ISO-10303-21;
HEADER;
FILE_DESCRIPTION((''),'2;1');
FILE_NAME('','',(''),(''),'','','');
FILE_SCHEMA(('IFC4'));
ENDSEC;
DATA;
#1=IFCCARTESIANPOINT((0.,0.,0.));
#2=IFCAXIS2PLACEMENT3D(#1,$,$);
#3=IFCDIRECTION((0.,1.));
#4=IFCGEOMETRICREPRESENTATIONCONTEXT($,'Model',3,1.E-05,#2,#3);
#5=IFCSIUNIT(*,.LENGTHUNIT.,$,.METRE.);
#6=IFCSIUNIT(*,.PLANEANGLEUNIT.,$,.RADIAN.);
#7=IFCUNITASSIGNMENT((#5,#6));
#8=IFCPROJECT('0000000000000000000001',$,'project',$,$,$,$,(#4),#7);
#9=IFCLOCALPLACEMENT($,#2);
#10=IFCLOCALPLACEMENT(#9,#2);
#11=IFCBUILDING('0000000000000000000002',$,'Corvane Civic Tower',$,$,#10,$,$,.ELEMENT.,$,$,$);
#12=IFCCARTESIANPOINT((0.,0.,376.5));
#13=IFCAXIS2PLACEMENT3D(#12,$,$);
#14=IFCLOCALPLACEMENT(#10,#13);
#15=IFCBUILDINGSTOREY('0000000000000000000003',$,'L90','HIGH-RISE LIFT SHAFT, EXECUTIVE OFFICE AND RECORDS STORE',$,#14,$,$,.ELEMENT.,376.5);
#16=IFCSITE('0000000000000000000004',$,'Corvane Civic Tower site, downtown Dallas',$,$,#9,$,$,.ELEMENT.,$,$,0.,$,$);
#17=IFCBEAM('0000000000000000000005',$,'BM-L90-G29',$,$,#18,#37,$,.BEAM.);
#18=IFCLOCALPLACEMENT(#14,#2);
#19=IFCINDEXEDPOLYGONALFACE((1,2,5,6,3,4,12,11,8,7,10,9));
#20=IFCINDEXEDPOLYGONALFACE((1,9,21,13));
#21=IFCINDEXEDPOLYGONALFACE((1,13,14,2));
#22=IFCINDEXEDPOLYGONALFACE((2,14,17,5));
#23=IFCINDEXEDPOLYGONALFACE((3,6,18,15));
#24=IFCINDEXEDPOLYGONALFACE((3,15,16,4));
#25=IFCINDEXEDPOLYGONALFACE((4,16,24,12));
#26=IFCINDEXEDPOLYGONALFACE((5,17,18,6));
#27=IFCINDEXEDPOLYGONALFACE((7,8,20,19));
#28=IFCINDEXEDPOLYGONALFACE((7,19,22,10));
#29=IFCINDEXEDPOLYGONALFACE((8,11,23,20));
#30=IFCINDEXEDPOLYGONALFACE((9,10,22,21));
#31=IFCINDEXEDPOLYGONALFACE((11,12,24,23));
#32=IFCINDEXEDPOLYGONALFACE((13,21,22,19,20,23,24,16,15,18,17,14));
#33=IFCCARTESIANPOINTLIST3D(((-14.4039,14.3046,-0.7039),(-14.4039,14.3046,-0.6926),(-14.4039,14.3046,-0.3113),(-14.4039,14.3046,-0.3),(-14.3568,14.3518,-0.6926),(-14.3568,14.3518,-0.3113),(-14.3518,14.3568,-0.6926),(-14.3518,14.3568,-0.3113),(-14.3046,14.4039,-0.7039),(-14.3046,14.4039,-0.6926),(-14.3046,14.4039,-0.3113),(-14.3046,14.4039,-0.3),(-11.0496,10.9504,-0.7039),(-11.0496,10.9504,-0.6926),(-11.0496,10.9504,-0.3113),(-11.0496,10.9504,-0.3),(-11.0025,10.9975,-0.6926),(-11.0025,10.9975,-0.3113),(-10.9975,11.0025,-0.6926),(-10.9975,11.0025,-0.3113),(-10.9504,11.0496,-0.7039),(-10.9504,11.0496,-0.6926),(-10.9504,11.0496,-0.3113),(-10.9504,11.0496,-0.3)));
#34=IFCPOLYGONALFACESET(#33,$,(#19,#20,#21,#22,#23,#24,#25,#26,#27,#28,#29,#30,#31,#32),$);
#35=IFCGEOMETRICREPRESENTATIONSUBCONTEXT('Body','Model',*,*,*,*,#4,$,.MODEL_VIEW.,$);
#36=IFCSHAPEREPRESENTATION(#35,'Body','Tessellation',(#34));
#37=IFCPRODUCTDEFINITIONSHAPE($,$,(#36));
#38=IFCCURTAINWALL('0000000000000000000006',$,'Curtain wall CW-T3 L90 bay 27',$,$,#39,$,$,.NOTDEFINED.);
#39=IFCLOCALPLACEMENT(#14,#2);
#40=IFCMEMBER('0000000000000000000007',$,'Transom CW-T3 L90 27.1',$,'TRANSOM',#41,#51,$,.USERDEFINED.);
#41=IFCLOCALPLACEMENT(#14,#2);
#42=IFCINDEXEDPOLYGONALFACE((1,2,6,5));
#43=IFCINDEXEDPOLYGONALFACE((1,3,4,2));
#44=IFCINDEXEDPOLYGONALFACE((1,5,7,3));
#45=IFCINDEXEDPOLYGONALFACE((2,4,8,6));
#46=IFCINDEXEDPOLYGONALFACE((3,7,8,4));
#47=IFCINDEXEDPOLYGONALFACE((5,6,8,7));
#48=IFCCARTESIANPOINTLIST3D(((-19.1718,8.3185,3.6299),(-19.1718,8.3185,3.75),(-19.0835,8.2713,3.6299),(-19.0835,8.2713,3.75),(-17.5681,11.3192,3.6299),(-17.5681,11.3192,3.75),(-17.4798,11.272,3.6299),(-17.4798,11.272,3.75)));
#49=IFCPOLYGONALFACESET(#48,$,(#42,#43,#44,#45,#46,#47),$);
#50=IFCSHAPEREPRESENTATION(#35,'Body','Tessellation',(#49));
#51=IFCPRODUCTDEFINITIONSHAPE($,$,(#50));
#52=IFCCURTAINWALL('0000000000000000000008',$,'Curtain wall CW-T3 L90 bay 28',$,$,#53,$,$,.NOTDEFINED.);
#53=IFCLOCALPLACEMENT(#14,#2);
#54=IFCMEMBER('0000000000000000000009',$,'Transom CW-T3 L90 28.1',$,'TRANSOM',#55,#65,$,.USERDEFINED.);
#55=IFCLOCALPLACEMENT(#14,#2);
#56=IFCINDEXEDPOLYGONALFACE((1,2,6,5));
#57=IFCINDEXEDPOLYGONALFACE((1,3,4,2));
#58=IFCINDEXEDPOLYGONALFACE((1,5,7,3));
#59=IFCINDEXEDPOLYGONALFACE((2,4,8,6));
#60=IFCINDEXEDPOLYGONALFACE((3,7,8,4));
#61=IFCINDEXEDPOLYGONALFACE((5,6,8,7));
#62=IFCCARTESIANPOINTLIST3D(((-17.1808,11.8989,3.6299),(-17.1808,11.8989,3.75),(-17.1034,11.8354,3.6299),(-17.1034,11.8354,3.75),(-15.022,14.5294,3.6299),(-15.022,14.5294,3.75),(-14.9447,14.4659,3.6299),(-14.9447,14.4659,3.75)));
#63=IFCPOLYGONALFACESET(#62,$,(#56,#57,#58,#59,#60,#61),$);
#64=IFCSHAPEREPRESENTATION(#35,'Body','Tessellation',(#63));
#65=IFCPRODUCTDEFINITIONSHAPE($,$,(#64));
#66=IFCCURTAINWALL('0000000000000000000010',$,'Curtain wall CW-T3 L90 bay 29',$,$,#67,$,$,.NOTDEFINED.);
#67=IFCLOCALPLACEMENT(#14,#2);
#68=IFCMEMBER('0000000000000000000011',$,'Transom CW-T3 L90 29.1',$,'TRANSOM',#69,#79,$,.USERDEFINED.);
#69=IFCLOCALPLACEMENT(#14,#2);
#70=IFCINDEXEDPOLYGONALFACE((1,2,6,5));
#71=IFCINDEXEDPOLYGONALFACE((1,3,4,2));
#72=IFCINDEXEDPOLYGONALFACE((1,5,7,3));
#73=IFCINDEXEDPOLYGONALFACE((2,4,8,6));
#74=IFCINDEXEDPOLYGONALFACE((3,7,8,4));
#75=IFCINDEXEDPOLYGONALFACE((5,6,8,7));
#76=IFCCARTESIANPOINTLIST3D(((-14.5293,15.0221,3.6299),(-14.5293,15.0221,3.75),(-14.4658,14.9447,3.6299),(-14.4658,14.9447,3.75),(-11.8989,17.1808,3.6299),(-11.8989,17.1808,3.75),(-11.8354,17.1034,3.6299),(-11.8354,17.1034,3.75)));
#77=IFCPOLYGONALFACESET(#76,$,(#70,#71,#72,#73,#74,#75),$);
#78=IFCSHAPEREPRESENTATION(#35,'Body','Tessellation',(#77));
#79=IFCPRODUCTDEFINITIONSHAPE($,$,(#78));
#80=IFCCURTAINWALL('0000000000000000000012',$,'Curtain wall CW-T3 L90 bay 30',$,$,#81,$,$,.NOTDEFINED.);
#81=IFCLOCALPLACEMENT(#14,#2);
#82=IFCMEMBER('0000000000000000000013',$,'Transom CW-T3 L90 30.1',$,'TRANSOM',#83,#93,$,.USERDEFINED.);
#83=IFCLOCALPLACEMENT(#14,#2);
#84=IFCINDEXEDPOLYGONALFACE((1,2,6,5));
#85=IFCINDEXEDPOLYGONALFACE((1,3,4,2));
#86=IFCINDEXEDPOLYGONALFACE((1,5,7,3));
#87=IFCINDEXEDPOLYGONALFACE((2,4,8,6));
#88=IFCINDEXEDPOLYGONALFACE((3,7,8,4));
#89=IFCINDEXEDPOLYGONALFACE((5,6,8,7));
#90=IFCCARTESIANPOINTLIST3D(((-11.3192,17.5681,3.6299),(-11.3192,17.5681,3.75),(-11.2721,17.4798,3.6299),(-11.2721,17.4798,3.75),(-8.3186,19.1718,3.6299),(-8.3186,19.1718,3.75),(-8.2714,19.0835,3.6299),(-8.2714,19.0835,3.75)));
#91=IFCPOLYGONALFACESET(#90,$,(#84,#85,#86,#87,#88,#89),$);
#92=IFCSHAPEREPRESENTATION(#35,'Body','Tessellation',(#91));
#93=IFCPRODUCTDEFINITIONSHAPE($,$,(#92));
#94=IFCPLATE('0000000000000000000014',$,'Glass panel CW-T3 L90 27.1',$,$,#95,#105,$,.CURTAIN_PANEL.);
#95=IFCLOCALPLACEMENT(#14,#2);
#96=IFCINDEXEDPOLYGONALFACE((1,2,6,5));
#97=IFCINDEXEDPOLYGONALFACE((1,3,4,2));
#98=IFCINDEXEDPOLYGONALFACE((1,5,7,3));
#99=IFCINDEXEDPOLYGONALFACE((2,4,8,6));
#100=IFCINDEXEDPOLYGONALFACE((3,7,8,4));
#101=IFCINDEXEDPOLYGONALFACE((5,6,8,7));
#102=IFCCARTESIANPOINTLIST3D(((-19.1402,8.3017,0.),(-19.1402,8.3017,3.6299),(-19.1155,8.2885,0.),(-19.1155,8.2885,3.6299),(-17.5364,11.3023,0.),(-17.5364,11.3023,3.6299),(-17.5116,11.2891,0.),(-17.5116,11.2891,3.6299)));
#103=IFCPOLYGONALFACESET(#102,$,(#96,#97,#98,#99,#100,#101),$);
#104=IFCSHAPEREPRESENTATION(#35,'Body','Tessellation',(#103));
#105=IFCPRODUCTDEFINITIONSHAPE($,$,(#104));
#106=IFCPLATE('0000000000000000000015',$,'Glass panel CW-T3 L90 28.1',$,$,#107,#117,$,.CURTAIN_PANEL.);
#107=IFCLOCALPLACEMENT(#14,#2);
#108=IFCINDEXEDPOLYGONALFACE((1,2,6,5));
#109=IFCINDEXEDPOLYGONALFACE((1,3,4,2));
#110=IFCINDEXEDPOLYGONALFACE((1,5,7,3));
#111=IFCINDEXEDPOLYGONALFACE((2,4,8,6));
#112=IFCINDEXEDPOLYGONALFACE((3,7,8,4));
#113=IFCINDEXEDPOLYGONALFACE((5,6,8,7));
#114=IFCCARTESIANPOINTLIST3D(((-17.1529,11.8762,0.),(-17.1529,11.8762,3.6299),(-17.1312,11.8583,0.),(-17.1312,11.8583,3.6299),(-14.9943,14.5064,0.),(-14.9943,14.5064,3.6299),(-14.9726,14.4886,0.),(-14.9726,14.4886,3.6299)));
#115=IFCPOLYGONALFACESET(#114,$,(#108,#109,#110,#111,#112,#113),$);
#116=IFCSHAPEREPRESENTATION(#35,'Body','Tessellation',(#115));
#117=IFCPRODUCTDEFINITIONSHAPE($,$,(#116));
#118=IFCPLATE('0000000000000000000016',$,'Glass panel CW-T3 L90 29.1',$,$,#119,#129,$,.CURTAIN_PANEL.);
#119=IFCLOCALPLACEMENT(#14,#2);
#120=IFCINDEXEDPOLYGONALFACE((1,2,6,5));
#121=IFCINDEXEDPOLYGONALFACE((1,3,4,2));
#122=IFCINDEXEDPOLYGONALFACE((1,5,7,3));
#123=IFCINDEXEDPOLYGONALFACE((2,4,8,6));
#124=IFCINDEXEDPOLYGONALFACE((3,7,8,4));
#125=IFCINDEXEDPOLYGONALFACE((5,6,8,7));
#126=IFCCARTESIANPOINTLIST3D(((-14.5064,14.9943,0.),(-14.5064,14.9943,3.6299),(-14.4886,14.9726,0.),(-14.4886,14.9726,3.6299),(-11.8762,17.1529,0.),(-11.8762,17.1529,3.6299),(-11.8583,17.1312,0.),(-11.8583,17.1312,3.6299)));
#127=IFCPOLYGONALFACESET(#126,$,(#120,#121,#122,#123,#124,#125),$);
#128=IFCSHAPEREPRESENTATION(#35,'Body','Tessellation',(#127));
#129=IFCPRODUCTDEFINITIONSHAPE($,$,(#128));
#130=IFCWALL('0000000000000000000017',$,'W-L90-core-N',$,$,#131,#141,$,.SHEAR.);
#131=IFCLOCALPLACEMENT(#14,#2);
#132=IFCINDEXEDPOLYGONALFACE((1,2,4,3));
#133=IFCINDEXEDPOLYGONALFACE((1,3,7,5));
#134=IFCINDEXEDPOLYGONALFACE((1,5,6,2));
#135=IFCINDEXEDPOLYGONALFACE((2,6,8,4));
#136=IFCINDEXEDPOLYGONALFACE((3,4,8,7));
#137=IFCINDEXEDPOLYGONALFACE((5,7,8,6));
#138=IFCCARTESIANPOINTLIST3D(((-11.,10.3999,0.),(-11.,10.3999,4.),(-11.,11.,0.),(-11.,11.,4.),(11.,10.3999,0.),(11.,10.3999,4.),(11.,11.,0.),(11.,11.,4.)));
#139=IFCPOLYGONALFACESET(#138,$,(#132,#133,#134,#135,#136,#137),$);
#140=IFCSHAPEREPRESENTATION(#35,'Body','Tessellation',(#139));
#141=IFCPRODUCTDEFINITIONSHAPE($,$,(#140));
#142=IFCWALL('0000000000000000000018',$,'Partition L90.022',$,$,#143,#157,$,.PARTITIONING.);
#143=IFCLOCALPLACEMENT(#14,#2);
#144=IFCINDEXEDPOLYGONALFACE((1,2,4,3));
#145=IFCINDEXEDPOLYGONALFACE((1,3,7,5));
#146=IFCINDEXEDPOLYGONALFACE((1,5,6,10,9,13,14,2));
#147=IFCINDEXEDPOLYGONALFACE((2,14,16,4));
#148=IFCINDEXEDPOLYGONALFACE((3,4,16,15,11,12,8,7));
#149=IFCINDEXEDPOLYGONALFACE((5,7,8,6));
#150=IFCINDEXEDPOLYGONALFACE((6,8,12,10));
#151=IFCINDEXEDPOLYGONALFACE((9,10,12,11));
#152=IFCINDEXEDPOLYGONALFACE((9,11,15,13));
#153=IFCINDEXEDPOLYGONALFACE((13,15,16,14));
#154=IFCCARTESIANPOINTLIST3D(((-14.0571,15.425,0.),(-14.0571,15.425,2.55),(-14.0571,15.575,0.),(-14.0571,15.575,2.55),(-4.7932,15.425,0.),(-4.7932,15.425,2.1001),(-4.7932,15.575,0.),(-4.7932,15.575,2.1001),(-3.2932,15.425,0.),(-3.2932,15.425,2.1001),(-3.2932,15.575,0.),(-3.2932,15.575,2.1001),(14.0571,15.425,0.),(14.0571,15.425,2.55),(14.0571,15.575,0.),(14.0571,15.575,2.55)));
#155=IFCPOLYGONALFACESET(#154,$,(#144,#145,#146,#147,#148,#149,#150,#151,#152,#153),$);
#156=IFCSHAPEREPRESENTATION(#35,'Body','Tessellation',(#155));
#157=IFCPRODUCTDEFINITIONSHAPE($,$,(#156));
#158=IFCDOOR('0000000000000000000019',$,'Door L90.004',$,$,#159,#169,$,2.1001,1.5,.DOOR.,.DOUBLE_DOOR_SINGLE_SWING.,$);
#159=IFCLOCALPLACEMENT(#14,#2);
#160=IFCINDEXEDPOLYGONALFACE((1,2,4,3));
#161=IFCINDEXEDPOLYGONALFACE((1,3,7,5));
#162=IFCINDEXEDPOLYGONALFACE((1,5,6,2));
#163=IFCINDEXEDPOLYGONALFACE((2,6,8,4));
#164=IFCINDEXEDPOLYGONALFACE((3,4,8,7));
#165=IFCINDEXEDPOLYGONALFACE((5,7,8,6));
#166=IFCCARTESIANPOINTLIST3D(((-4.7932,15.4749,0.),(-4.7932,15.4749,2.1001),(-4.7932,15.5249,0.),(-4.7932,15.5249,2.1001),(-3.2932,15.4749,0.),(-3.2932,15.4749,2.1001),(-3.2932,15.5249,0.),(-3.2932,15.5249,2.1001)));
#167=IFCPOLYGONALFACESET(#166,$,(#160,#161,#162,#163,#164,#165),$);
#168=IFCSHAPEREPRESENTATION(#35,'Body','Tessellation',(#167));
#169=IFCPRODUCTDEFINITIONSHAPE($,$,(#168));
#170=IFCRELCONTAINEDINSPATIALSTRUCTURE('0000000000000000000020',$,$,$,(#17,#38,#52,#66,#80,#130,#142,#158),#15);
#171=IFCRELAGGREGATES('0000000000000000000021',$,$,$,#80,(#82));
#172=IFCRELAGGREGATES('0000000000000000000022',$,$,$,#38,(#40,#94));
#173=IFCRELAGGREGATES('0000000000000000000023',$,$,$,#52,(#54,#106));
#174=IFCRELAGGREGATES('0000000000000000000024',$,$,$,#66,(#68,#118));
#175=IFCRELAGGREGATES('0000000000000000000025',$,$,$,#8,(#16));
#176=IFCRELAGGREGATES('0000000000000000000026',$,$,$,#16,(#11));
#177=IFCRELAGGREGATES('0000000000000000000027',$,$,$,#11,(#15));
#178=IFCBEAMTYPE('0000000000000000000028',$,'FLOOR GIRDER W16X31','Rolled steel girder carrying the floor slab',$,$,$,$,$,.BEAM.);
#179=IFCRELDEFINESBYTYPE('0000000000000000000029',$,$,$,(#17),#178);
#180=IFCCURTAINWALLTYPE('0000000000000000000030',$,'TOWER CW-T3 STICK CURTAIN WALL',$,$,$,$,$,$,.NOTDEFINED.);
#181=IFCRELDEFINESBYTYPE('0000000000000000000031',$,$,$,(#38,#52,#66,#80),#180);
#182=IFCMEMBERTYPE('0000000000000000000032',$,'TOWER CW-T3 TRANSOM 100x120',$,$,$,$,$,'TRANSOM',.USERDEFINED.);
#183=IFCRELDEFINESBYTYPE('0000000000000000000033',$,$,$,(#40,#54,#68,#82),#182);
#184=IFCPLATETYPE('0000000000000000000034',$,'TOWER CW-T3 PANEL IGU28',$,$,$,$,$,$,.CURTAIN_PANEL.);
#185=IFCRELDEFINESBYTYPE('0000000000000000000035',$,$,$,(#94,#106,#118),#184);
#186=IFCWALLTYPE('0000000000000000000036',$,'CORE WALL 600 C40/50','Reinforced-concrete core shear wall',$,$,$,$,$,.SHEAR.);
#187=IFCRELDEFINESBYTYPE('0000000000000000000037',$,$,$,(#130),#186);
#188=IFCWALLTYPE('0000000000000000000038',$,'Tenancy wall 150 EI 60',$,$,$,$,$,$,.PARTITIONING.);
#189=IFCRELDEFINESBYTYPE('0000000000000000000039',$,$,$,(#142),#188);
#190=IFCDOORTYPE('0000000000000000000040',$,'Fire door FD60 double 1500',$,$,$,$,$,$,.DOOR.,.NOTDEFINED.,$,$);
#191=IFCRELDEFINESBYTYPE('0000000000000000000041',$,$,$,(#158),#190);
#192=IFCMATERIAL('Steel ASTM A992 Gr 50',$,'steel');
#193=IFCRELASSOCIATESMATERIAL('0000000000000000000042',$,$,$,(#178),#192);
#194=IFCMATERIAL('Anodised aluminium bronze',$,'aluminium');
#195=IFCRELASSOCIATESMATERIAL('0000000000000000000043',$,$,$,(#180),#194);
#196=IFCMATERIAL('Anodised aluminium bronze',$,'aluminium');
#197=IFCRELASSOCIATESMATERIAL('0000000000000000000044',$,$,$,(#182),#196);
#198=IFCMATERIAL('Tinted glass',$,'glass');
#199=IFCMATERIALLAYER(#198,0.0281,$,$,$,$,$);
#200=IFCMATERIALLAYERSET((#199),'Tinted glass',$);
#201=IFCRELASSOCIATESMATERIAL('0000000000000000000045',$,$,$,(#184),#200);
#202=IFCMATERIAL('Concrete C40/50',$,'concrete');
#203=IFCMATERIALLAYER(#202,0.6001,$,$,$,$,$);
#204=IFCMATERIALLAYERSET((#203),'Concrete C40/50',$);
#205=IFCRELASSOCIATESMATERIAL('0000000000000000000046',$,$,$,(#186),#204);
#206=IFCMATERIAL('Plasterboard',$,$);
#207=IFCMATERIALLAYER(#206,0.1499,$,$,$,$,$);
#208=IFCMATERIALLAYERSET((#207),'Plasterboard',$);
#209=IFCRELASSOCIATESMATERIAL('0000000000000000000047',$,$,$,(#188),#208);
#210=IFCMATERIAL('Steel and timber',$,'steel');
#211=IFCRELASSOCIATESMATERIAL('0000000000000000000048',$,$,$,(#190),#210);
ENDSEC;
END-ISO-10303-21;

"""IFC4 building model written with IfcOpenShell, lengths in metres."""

from ifc_helpers import new_model, si_unit, direction, frame, frame_2d, origin, origin_2d, place, context, subcontext, project, spatial, rectangle, i_section, extrude, material, layer, layer_set, material_profile, profile_set, type_object, element, fill, aggregate, save


model = new_model("IFC4")

# Units and contexts
model_context = context("Model", 3, precision=1e-05, world=origin(), true_north=direction((0.0, 1.0)))
body_context = subcontext(model_context, "Body", "Model", "MODEL_VIEW")
ifc_project = project(units=[si_unit("LENGTHUNIT", "METRE"), si_unit("PLANEANGLEUNIT", "RADIAN")], contexts=[model_context])

# Site, building, storey
site_placement = place(None, origin())
site = spatial("IfcSite", under=ifc_project, at=site_placement, Name="Corvane Civic Tower site, downtown Dallas", CompositionType="ELEMENT", RefElevation=0.0)
building_placement = place(site_placement, origin())
building = spatial("IfcBuilding", under=site, at=building_placement, Name="Corvane Civic Tower", CompositionType="ELEMENT")
storey_placement = place(building_placement, frame((0.0, 0.0, 376.5)))
storey = spatial("IfcBuildingStorey", under=building, at=storey_placement, Name="L90", Description="HIGH-RISE LIFT SHAFT, EXECUTIVE OFFICE AND RECORDS STORE", CompositionType="ELEMENT", Elevation=376.5)

# Beam
ifc_material_1 = material(Name="Steel ASTM A992 Gr 50", Category="steel")
ifc_material_profile_1 = material_profile(ifc_material_1, i_section(OverallWidth=0.1404, OverallDepth=0.4038, WebThickness=0.0071, FlangeThickness=0.0112, at=origin_2d()), Name="W16X31")
ifc_profile_set_1 = profile_set([ifc_material_profile_1], Name="Steel ASTM A992 Gr 50")
beam_type_1 = type_object("IfcBeamType", Name="FLOOR GIRDER W16X31", Description="Rolled steel girder carrying the floor slab", PredefinedType="BEAM", material=ifc_profile_set_1)
beam_placement = place(storey_placement, frame((-11.0, 11.0, -0.502), z_axis=(-0.707107, 0.707107, 0.0), x_axis=(-0.707107, -0.707107, 0.0)))
element("IfcBeam", 1, at=beam_placement, inside=storey, type_object=beam_type_1, Name="BM-L90-G29", PredefinedType="BEAM", context=body_context, shape_type="SweptSolid", body=[
    extrude(i_section(OverallWidth=0.1404, OverallDepth=0.4038, WebThickness=0.0071, FlangeThickness=0.0112, at=origin_2d()), origin(), (0.0, 0.0, 1.0), 4.7437),
])

# Curtain walls, members
ifc_material_2 = material(Name="Anodised aluminium bronze", Category="aluminium")
curtain_wall_type = type_object("IfcCurtainWallType", Name="TOWER CW-T3 STICK CURTAIN WALL", PredefinedType="NOTDEFINED", material=ifc_material_2)
curtain_wall_1_placement = place(storey_placement, origin())
curtain_wall_1 = element("IfcCurtainWall", 2, at=curtain_wall_1_placement, inside=storey, type_object=curtain_wall_type, Name="Curtain wall CW-T3 L90 bay 27", PredefinedType="NOTDEFINED")
ifc_material_3 = material(Name="Anodised aluminium bronze", Category="aluminium")
ifc_material_profile_2 = material_profile(ifc_material_3, rectangle(XDim=0.1001, YDim=0.1201, at=origin_2d()), Name="TOWER CW-T3 TRANSOM 100x120")
ifc_profile_set_2 = profile_set([ifc_material_profile_2], Name="Anodised aluminium bronze")
member_type = type_object("IfcMemberType", Name="TOWER CW-T3 TRANSOM 100x120", ElementType="TRANSOM", PredefinedType="USERDEFINED", material=ifc_profile_set_2)
member_1_placement = place(storey_placement, frame((-19.1277, 8.2949, 3.6899), z_axis=(0.471359, 0.881941, 0.0), x_axis=(-0.881941, 0.471359, 0.0)))
member_1 = element("IfcMember", 3, at=member_1_placement, type_object=member_type, Name="Transom CW-T3 L90 27.1", ObjectType="TRANSOM", PredefinedType="USERDEFINED", context=body_context, shape_type="SweptSolid", body=[
    extrude(rectangle(XDim=0.1001, YDim=0.1201, at=origin_2d()), origin(), (0.0, 0.0, 1.0), 3.4023),
])
curtain_wall_2_placement = place(storey_placement, origin())
curtain_wall_2 = element("IfcCurtainWall", 4, at=curtain_wall_2_placement, inside=storey, type_object=curtain_wall_type, Name="Curtain wall CW-T3 L90 bay 28", PredefinedType="NOTDEFINED")
member_2_placement = place(storey_placement, frame((-17.1421, 11.8672, 3.6899), z_axis=(0.634394, 0.77301, 0.0), x_axis=(-0.77301, 0.634394, 0.0)))
member_2 = element("IfcMember", 5, at=member_2_placement, type_object=member_type, Name="Transom CW-T3 L90 28.1", ObjectType="TRANSOM", PredefinedType="USERDEFINED", context=body_context, shape_type="SweptSolid", body=[
    extrude(rectangle(XDim=0.1001, YDim=0.1201, at=origin_2d()), origin(), (0.0, 0.0, 1.0), 3.4028),
])
curtain_wall_3_placement = place(storey_placement, origin())
curtain_wall_3 = element("IfcCurtainWall", 6, at=curtain_wall_3_placement, inside=storey, type_object=curtain_wall_type, Name="Curtain wall CW-T3 L90 bay 29", PredefinedType="NOTDEFINED")
member_3_placement = place(storey_placement, frame((-14.4976, 14.9834, 3.6899), z_axis=(0.77301, 0.634394, 0.0), x_axis=(-0.634394, 0.77301, 0.0)))
member_3 = element("IfcMember", 7, at=member_3_placement, type_object=member_type, Name="Transom CW-T3 L90 29.1", ObjectType="TRANSOM", PredefinedType="USERDEFINED", context=body_context, shape_type="SweptSolid", body=[
    extrude(rectangle(XDim=0.1001, YDim=0.1201, at=origin_2d()), origin(), (0.0, 0.0, 1.0), 3.4028),
])
curtain_wall_4_placement = place(storey_placement, origin())
curtain_wall_4 = element("IfcCurtainWall", 8, at=curtain_wall_4_placement, inside=storey, type_object=curtain_wall_type, Name="Curtain wall CW-T3 L90 bay 30", PredefinedType="NOTDEFINED")
member_4_placement = place(storey_placement, frame((-11.2957, 17.5239, 3.6899), z_axis=(0.881941, 0.471359, 0.0), x_axis=(-0.471359, 0.881941, 0.0)))
member_4 = element("IfcMember", 9, at=member_4_placement, type_object=member_type, Name="Transom CW-T3 L90 30.1", ObjectType="TRANSOM", PredefinedType="USERDEFINED", context=body_context, shape_type="SweptSolid", body=[
    extrude(rectangle(XDim=0.1001, YDim=0.1201, at=origin_2d()), origin(), (0.0, 0.0, 1.0), 3.4023),
])
aggregate(curtain_wall_4, [member_4])

# Plates
ifc_material_4 = material(Name="Tinted glass", Category="glass")
ifc_layer_1 = layer(ifc_material_4, 0.0281)
ifc_layer_set_1 = layer_set([ifc_layer_1], Name="Tinted glass")
plate_type = type_object("IfcPlateType", Name="TOWER CW-T3 PANEL IGU28", PredefinedType="CURTAIN_PANEL", material=ifc_layer_set_1)
plate_1_placement = place(storey_placement, frame((-18.3259, 9.7954, 0.0), z_axis=(0.0, 0.0, 1.0), x_axis=(0.471384, 0.881928, 0.0)))
plate_1 = element("IfcPlate", 10, at=plate_1_placement, type_object=plate_type, Name="Glass panel CW-T3 L90 27.1", PredefinedType="CURTAIN_PANEL", context=body_context, shape_type="SweptSolid", body=[
    extrude(rectangle(XDim=3.4023, YDim=0.0281, at=origin_2d()), origin(), (0.0, 0.0, 1.0), 3.6299),
])
aggregate(curtain_wall_1, [member_1, plate_1])
plate_2_placement = place(storey_placement, frame((-16.0627, 13.1824, 0.0), z_axis=(0.0, 0.0, 1.0), x_axis=(0.634393, 0.77301, 0.0)))
plate_2 = element("IfcPlate", 11, at=plate_2_placement, type_object=plate_type, Name="Glass panel CW-T3 L90 28.1", PredefinedType="CURTAIN_PANEL", context=body_context, shape_type="SweptSolid", body=[
    extrude(rectangle(XDim=3.4026, YDim=0.0281, at=origin_2d()), origin(), (0.0, 0.0, 1.0), 3.6299),
])
aggregate(curtain_wall_2, [member_2, plate_2])
plate_3_placement = place(storey_placement, frame((-13.1824, 16.0627, 0.0), z_axis=(0.0, 0.0, 1.0), x_axis=(0.77301, 0.634393, 0.0)))
plate_3 = element("IfcPlate", 12, at=plate_3_placement, type_object=plate_type, Name="Glass panel CW-T3 L90 29.1", PredefinedType="CURTAIN_PANEL", context=body_context, shape_type="SweptSolid", body=[
    extrude(rectangle(XDim=3.4026, YDim=0.0281, at=origin_2d()), origin(), (0.0, 0.0, 1.0), 3.6299),
])
aggregate(curtain_wall_3, [member_3, plate_3])

# Wall
ifc_material_5 = material(Name="Concrete C40/50", Category="concrete")
ifc_layer_2 = layer(ifc_material_5, 0.6001)
ifc_layer_set_2 = layer_set([ifc_layer_2], Name="Concrete C40/50")
wall_type_1 = type_object("IfcWallType", Name="CORE WALL 600 C40/50", Description="Reinforced-concrete core shear wall", PredefinedType="SHEAR", material=ifc_layer_set_2)
wall_1_placement = place(storey_placement, frame((-11.0, 10.7, 0.0), z_axis=(0.0, 0.0, 1.0), x_axis=(1.0, 0.0, 0.0)))
element("IfcWall", 13, at=wall_1_placement, inside=storey, type_object=wall_type_1, Name="W-L90-core-N", PredefinedType="SHEAR", context=body_context, shape_type="SweptSolid", body=[
    extrude(rectangle(XDim=22.0, YDim=0.6001, at=frame_2d((11.0, 0.0))), origin(), (0.0, 0.0, 1.0), 4.0),
])

# Wall, opening, door
ifc_material_6 = material(Name="Plasterboard")
ifc_layer_3 = layer(ifc_material_6, 0.1499)
ifc_layer_set_3 = layer_set([ifc_layer_3], Name="Plasterboard")
wall_type_2 = type_object("IfcWallType", Name="Tenancy wall 150 EI 60", PredefinedType="PARTITIONING", material=ifc_layer_set_3)
wall_2_placement = place(storey_placement, frame((-14.0571, 15.5, 0.0), z_axis=(0.0, 0.0, 1.0), x_axis=(1.0, 0.0, 0.0)))
wall_2 = element("IfcWall", 14, at=wall_2_placement, inside=storey, type_object=wall_type_2, Name="Partition L90.022", PredefinedType="PARTITIONING", context=body_context, shape_type="SweptSolid", body=[
    extrude(rectangle(XDim=28.1143, YDim=0.1499, at=frame_2d((14.0571, 0.0))), origin(), (0.0, 0.0, 1.0), 2.55),
])
opening_placement = place(wall_2_placement, frame((9.2639, 0.0, 0.0)))
opening = element("IfcOpeningElement", 15, at=opening_placement, cuts=wall_2, PredefinedType="OPENING", context=body_context, shape_type="SweptSolid", body=[
    extrude(rectangle(XDim=1.5, YDim=2.1001, at=frame_2d((0.75, 1.05))), frame((0.0, 0.085, 0.0), z_axis=(0.0, -1.0, 0.0), x_axis=(1.0, 0.0, 0.0)), (0.0, 0.0, 1.0), 0.1699),
])
ifc_material_7 = material(Name="Steel and timber", Category="steel")
door_type = type_object("IfcDoorType", Name="Fire door FD60 double 1500", OperationType="NOTDEFINED", PredefinedType="DOOR", material=ifc_material_7)
door_placement = place(opening_placement, origin())
door = element("IfcDoor", 16, at=door_placement, inside=storey, type_object=door_type, Name="Door L90.004", OperationType="DOUBLE_DOOR_SINGLE_SWING", OverallHeight=2.1001, OverallWidth=1.5, PredefinedType="DOOR", context=body_context, shape_type="SweptSolid", body=[
    extrude(rectangle(XDim=1.5, YDim=2.1001, at=frame_2d((0.75, 1.05))), frame((0.0, 0.0249, 0.0), z_axis=(0.0, -1.0, 0.0), x_axis=(1.0, 0.0, 0.0)), (0.0, 0.0, 1.0), 0.05),
])
fill(opening, door)

save(model, "model.ifc")
